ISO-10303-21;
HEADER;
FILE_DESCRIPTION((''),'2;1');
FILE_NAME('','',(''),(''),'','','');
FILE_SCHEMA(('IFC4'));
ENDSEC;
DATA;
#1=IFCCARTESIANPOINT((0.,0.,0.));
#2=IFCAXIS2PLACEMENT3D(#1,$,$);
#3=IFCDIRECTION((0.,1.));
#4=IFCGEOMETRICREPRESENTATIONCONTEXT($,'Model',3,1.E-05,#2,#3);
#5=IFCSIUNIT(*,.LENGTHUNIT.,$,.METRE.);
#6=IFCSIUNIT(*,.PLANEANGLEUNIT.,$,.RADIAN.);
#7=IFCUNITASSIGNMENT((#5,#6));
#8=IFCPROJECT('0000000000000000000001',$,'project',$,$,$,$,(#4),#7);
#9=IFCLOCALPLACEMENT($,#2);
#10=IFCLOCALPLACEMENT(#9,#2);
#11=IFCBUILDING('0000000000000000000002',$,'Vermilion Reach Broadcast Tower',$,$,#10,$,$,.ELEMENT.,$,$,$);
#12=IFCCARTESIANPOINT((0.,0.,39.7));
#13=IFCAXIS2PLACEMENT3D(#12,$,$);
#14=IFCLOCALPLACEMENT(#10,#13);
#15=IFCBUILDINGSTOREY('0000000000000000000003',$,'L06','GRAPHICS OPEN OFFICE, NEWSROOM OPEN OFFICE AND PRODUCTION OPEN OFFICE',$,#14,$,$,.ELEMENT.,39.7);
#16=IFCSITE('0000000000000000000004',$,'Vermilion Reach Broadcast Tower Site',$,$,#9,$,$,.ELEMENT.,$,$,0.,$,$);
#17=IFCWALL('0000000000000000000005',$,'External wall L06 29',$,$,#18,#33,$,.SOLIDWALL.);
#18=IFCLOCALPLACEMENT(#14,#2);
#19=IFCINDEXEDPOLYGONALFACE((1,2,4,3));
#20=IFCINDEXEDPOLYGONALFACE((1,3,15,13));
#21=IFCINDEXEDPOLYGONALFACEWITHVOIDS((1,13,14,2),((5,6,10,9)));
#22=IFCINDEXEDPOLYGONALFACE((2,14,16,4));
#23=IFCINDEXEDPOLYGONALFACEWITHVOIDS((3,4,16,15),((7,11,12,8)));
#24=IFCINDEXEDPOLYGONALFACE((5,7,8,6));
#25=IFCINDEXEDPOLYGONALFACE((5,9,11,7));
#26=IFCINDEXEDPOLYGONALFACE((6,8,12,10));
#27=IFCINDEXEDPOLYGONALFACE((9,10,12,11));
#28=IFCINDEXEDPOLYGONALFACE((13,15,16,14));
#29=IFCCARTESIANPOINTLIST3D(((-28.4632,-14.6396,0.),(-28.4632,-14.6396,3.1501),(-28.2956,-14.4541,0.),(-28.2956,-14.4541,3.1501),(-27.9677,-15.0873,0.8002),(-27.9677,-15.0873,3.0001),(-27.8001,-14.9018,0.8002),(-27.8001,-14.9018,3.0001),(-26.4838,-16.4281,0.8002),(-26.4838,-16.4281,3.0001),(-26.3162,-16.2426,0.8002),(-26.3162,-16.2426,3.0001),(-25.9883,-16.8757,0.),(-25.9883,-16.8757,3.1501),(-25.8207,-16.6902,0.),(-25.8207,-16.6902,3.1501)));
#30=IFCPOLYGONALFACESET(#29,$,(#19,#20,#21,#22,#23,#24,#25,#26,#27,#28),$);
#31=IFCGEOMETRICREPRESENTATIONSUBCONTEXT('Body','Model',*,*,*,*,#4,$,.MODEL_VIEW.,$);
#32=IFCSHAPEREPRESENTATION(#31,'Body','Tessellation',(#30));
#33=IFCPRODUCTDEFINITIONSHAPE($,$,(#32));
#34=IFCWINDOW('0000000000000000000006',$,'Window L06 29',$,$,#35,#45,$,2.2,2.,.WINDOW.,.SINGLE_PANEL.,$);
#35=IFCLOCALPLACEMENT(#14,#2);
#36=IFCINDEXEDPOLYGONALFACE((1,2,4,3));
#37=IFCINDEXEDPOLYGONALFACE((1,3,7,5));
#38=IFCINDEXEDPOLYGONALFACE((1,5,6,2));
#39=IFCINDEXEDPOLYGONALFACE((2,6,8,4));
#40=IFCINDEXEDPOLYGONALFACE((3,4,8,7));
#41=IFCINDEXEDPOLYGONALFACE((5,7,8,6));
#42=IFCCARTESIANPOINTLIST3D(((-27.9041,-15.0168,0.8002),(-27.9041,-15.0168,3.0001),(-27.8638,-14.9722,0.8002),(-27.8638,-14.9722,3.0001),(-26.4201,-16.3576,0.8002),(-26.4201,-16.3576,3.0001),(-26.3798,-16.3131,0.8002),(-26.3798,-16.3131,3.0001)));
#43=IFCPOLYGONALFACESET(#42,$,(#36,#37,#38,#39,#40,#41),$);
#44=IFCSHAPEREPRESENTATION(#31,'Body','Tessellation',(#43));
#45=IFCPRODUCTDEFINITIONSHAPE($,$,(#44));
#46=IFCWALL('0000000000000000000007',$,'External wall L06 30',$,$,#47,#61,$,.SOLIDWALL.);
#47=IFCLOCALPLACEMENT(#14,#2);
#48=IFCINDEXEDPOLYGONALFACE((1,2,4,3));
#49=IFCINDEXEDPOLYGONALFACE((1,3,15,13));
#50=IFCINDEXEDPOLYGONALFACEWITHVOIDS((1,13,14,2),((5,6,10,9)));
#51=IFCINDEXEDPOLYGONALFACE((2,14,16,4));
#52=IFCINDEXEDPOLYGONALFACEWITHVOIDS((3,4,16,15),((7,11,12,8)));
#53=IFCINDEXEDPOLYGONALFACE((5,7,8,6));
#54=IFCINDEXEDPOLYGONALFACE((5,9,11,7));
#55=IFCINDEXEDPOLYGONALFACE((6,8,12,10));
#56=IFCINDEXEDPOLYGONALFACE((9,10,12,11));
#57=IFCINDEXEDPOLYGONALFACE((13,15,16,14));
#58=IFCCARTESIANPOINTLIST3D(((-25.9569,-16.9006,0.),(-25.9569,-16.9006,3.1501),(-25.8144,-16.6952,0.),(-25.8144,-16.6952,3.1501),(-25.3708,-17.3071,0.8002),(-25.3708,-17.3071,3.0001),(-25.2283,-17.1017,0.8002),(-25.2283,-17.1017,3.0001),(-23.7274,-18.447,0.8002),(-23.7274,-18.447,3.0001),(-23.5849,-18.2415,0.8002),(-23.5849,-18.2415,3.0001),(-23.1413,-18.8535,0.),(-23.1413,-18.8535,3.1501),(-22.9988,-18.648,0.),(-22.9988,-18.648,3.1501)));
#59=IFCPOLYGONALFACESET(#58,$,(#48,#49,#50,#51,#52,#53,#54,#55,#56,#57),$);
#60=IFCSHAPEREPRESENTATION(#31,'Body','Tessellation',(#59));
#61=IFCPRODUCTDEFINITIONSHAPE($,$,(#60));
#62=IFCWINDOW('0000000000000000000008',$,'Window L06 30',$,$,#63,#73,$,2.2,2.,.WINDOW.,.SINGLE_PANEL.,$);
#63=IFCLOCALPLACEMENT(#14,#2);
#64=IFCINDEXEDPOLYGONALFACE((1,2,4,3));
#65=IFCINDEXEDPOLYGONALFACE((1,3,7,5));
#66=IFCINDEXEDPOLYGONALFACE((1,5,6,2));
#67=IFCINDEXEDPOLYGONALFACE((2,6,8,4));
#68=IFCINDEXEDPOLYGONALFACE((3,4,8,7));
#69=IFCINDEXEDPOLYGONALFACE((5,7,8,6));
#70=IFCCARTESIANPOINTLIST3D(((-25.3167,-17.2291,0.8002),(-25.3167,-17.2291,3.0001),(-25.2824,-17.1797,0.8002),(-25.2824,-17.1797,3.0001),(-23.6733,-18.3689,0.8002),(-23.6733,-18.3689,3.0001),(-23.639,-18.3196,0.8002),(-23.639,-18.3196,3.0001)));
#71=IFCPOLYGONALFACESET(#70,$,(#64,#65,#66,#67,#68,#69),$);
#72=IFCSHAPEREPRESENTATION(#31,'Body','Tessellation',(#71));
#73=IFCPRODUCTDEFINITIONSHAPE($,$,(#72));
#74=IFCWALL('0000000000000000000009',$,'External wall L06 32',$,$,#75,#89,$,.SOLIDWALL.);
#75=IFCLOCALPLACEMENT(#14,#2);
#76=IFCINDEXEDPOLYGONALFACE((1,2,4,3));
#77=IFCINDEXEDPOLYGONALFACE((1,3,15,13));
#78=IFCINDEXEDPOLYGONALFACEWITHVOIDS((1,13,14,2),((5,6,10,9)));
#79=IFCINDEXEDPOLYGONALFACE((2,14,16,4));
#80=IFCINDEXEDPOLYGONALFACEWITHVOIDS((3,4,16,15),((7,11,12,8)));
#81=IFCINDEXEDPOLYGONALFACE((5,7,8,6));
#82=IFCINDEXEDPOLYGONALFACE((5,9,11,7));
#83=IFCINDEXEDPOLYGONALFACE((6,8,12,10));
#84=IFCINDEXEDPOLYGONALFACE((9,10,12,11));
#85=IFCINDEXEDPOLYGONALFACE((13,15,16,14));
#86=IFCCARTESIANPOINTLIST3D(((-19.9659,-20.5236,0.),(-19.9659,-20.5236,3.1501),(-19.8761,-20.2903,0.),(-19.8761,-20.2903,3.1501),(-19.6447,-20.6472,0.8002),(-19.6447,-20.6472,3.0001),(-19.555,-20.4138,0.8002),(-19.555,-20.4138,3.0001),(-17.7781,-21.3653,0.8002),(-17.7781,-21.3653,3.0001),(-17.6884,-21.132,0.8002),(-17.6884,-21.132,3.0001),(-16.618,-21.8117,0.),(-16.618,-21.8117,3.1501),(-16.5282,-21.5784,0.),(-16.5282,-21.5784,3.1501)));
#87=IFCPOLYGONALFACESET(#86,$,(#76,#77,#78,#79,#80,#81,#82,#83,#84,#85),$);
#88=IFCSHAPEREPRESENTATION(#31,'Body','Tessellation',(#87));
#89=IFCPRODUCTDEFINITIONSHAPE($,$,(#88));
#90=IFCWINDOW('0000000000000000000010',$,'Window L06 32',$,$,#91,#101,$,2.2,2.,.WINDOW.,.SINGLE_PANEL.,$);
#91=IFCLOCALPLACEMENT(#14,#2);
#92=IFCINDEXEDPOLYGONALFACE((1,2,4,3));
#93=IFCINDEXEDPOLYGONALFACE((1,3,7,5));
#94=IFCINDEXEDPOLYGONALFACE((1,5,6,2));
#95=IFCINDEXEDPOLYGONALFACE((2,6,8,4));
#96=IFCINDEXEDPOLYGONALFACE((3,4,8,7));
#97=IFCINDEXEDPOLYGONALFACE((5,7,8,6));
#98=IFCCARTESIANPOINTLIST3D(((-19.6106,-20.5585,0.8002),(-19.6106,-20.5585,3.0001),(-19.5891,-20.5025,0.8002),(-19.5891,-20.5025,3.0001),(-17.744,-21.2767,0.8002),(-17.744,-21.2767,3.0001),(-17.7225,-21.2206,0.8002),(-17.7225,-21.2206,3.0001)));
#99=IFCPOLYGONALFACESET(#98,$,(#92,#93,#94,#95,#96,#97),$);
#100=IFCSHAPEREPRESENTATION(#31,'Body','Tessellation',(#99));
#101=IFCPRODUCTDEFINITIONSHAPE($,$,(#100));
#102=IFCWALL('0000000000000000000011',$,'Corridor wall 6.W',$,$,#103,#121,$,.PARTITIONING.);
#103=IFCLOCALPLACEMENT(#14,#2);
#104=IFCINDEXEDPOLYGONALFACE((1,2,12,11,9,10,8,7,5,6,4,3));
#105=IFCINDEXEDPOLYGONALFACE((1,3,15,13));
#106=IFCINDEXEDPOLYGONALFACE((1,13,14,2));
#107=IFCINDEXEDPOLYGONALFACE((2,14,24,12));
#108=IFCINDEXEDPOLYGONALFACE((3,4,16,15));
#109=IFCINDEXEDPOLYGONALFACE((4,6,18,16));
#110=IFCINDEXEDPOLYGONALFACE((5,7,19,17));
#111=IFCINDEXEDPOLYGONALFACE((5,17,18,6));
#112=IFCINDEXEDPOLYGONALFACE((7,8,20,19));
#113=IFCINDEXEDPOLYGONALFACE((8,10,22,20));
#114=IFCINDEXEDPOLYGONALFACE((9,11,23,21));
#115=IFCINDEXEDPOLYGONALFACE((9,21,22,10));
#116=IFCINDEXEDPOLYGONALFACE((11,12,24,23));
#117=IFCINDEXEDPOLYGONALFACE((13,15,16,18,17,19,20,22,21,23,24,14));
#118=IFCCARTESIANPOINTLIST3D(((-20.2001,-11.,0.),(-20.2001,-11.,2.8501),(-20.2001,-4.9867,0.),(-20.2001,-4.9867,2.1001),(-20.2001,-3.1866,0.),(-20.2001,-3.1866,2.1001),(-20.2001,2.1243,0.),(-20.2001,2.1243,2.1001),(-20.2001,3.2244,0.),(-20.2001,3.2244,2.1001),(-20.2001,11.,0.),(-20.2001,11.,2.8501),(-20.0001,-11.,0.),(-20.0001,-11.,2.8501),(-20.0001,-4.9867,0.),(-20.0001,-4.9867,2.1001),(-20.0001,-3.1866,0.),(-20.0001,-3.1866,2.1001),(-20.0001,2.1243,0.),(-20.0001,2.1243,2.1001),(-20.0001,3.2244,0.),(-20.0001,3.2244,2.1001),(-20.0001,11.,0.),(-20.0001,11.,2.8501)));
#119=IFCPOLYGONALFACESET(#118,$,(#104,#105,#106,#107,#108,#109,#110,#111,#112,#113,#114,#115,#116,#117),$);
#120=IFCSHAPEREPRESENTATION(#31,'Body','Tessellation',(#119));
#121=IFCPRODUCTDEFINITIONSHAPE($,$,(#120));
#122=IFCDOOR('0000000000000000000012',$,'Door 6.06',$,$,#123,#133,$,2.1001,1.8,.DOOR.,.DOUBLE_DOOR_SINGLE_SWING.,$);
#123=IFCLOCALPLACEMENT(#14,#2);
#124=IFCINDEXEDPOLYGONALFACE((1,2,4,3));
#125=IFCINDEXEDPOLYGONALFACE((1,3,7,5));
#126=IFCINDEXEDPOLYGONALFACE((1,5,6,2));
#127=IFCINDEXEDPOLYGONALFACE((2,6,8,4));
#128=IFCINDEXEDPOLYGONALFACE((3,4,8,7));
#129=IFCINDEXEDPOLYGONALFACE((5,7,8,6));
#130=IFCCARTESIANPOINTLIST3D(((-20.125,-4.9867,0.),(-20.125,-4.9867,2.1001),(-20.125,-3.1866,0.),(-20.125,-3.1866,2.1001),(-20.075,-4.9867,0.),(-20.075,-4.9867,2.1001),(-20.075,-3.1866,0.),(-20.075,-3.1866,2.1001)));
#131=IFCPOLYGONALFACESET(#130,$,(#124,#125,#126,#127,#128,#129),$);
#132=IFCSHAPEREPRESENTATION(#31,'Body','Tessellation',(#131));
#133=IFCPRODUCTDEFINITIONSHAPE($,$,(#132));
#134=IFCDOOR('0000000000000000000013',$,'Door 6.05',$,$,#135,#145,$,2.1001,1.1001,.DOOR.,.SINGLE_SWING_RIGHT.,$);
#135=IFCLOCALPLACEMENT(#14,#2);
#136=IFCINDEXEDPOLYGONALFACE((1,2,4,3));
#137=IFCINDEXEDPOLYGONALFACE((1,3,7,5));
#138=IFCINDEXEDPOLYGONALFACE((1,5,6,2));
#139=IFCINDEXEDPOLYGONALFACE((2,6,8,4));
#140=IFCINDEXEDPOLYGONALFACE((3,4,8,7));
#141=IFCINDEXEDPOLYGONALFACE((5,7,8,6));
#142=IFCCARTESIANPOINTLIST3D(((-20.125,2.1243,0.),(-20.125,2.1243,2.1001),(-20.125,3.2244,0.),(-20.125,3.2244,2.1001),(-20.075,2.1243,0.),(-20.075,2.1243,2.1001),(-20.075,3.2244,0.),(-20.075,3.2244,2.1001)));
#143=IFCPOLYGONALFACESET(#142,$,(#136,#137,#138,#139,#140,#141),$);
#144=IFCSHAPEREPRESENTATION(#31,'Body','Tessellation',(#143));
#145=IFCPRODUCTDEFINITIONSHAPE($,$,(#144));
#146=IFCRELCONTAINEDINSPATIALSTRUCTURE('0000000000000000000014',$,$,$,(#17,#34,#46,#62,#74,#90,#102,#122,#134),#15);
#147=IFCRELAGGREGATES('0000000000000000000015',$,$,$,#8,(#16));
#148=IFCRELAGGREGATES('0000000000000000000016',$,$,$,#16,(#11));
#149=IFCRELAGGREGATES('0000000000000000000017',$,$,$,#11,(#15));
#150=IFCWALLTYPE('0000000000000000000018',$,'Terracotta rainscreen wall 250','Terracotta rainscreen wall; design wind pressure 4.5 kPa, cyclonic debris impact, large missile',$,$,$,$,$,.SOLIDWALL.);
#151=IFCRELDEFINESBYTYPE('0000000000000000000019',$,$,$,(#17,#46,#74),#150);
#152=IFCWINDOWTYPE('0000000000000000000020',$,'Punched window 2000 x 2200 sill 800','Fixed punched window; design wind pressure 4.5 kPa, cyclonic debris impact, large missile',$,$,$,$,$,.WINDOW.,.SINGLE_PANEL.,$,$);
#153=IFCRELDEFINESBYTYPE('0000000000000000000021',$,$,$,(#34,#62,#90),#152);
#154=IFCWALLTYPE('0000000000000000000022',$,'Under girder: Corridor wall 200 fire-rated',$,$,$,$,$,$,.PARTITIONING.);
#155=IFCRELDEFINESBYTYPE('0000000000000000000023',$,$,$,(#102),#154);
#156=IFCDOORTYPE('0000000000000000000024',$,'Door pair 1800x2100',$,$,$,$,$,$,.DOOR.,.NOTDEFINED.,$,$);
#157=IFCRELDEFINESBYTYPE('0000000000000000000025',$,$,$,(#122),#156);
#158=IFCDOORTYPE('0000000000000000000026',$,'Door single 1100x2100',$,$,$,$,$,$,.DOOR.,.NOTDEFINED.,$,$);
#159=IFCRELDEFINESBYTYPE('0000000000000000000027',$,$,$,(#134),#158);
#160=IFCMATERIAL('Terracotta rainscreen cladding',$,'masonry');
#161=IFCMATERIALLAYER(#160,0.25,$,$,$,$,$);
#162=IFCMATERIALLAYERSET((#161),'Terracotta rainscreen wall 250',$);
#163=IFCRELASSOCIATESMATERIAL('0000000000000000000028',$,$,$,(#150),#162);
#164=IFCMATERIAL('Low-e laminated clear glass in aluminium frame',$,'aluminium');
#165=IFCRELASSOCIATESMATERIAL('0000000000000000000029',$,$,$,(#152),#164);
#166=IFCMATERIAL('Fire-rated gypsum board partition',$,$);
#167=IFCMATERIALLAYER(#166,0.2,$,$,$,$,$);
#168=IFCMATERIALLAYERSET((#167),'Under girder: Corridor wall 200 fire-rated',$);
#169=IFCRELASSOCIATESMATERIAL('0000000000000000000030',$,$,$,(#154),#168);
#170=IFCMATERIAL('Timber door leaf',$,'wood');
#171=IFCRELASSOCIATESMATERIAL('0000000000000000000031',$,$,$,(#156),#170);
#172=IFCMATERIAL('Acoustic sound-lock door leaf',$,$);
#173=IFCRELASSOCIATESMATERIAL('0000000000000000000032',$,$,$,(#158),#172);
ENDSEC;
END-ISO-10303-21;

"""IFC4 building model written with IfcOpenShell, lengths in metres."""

from ifc_helpers import new_model, si_unit, direction, frame, frame_2d, origin, place, context, subcontext, project, spatial, rectangle, extrude, material, layer, layer_set, type_object, element, fill, save


model = new_model("IFC4")

# Units and contexts
model_context = context("Model", 3, precision=1e-05, world=origin(), true_north=direction((0.0, 1.0)))
body_context = subcontext(model_context, "Body", "Model", "MODEL_VIEW")
ifc_project = project(units=[si_unit("LENGTHUNIT", "METRE"), si_unit("PLANEANGLEUNIT", "RADIAN")], contexts=[model_context])

# Site, building, storey
site_placement = place(None, origin())
site = spatial("IfcSite", under=ifc_project, at=site_placement, Name="Vermilion Reach Broadcast Tower Site", CompositionType="ELEMENT", RefElevation=0.0)
building_placement = place(site_placement, origin())
building = spatial("IfcBuilding", under=site, at=building_placement, Name="Vermilion Reach Broadcast Tower", CompositionType="ELEMENT")
storey_placement = place(building_placement, frame((0.0, 0.0, 39.7)))
storey = spatial("IfcBuildingStorey", under=building, at=storey_placement, Name="L06", Description="GRAPHICS OPEN OFFICE, NEWSROOM OPEN OFFICE AND PRODUCTION OPEN OFFICE", CompositionType="ELEMENT", Elevation=39.7)

# Shared definitions
ifc_material_1 = material(Name="Terracotta rainscreen cladding", Category="masonry")
ifc_layer_1 = layer(ifc_material_1, 0.25)
ifc_layer_set_1 = layer_set([ifc_layer_1], Name="Terracotta rainscreen wall 250")
wall_type_1 = type_object("IfcWallType", Name="Terracotta rainscreen wall 250", Description="Terracotta rainscreen wall; design wind pressure 4.5 kPa, cyclonic debris impact, large missile", PredefinedType="SOLIDWALL", material=ifc_layer_set_1)
ifc_material_2 = material(Name="Low-e laminated clear glass in aluminium frame", Category="aluminium")
window_type = type_object("IfcWindowType", Name="Punched window 2000 x 2200 sill 800", Description="Fixed punched window; design wind pressure 4.5 kPa, cyclonic debris impact, large missile", PartitioningType="SINGLE_PANEL", PredefinedType="WINDOW", material=ifc_material_2)

# Walls, openings, windows
wall_1_placement = place(storey_placement, frame((-28.3794, -14.5469, 0.0), z_axis=(0.0, 0.0, 1.0), x_axis=(0.741993, -0.670407, 0.0)))
wall_1 = element("IfcWall", 1, at=wall_1_placement, inside=storey, type_object=wall_type_1, Name="External wall L06 29", PredefinedType="SOLIDWALL", context=body_context, shape_type="SweptSolid", body=[
    extrude(rectangle(XDim=3.3354, YDim=0.25, at=frame_2d((1.6677, 0.0))), origin(), (0.0, 0.0, 1.0), 3.1501),
])
opening_1_placement = place(wall_1_placement, frame((0.6677, 0.0, 0.8)))
opening_1 = element("IfcOpeningElement", 2, at=opening_1_placement, cuts=wall_1, PredefinedType="OPENING", context=body_context, shape_type="SweptSolid", body=[
    extrude(rectangle(XDim=2.0, YDim=2.2, at=frame_2d((1.0, 1.1001))), frame((0.0, 0.135, 0.0), z_axis=(0.0, -1.0, 0.0), x_axis=(1.0, 0.0, 0.0)), (0.0, 0.0, 1.0), 0.27),
])
window_1_placement = place(opening_1_placement, origin())
window_1 = element("IfcWindow", 3, at=window_1_placement, inside=storey, type_object=window_type, Name="Window L06 29", OverallHeight=2.2, OverallWidth=2.0, PartitioningType="SINGLE_PANEL", PredefinedType="WINDOW", context=body_context, shape_type="SweptSolid", body=[
    extrude(rectangle(XDim=2.0, YDim=2.2, at=frame_2d((1.0, 1.1001))), frame((0.0, 0.03, 0.0), z_axis=(0.0, -1.0, 0.0), x_axis=(1.0, 0.0, 0.0)), (0.0, 0.0, 1.0), 0.0601),
])
fill(opening_1, window_1)
wall_2_placement = place(storey_placement, frame((-25.8857, -16.7979, 0.0), z_axis=(0.0, 0.0, 1.0), x_axis=(0.821705, -0.569914, 0.0)))
wall_2 = element("IfcWall", 4, at=wall_2_placement, inside=storey, type_object=wall_type_1, Name="External wall L06 30", PredefinedType="SOLIDWALL", context=body_context, shape_type="SweptSolid", body=[
    extrude(rectangle(XDim=3.4265, YDim=0.25, at=frame_2d((1.7134, 0.0))), origin(), (0.0, 0.0, 1.0), 3.1501),
])
opening_2_placement = place(wall_2_placement, frame((0.7134, 0.0, 0.8)))
opening_2 = element("IfcOpeningElement", 5, at=opening_2_placement, cuts=wall_2, PredefinedType="OPENING", context=body_context, shape_type="SweptSolid", body=[
    extrude(rectangle(XDim=2.0, YDim=2.2, at=frame_2d((1.0, 1.1001))), frame((0.0, 0.135, 0.0), z_axis=(0.0, -1.0, 0.0), x_axis=(1.0, 0.0, 0.0)), (0.0, 0.0, 1.0), 0.27),
])
window_2_placement = place(opening_2_placement, origin())
window_2 = element("IfcWindow", 6, at=window_2_placement, inside=storey, type_object=window_type, Name="Window L06 30", OverallHeight=2.2, OverallWidth=2.0, PartitioningType="SINGLE_PANEL", PredefinedType="WINDOW", context=body_context, shape_type="SweptSolid", body=[
    extrude(rectangle(XDim=2.0, YDim=2.2, at=frame_2d((1.0, 1.1001))), frame((0.0, 0.03, 0.0), z_axis=(0.0, -1.0, 0.0), x_axis=(1.0, 0.0, 0.0)), (0.0, 0.0, 1.0), 0.0601),
])
fill(opening_2, window_2)

# Wall, opening, window
wall_3_placement = place(storey_placement, frame((-19.9209, -20.407, 0.0), z_axis=(0.0, 0.0, 1.0), x_axis=(0.933305, -0.359084, 0.0)))
wall_3 = element("IfcWall", 7, at=wall_3_placement, inside=storey, type_object=wall_type_1, Name="External wall L06 32", PredefinedType="SOLIDWALL", context=body_context, shape_type="SweptSolid", body=[
    extrude(rectangle(XDim=3.5872, YDim=0.25, at=frame_2d((1.7935, 0.0))), origin(), (0.0, 0.0, 1.0), 3.1501),
])
opening_3_placement = place(wall_3_placement, frame((0.344, 0.0, 0.8)))
opening_3 = element("IfcOpeningElement", 8, at=opening_3_placement, cuts=wall_3, PredefinedType="OPENING", context=body_context, shape_type="SweptSolid", body=[
    extrude(rectangle(XDim=2.0, YDim=2.2, at=frame_2d((1.0, 1.1001))), frame((0.0, 0.135, 0.0), z_axis=(0.0, -1.0, 0.0), x_axis=(1.0, 0.0, 0.0)), (0.0, 0.0, 1.0), 0.27),
])
window_3_placement = place(opening_3_placement, origin())
window_3 = element("IfcWindow", 9, at=window_3_placement, inside=storey, type_object=window_type, Name="Window L06 32", OverallHeight=2.2, OverallWidth=2.0, PartitioningType="SINGLE_PANEL", PredefinedType="WINDOW", context=body_context, shape_type="SweptSolid", body=[
    extrude(rectangle(XDim=2.0, YDim=2.2, at=frame_2d((1.0, 1.1001))), frame((0.0, 0.03, 0.0), z_axis=(0.0, -1.0, 0.0), x_axis=(1.0, 0.0, 0.0)), (0.0, 0.0, 1.0), 0.0601),
])
fill(opening_3, window_3)

# Wall, openings, doors
ifc_material_3 = material(Name="Fire-rated gypsum board partition")
ifc_layer_2 = layer(ifc_material_3, 0.2)
ifc_layer_set_2 = layer_set([ifc_layer_2], Name="Under girder: Corridor wall 200 fire-rated")
wall_type_2 = type_object("IfcWallType", Name="Under girder: Corridor wall 200 fire-rated", PredefinedType="PARTITIONING", material=ifc_layer_set_2)
wall_4_placement = place(storey_placement, frame((-20.1001, -11.0, 0.0), z_axis=(0.0, 0.0, 1.0), x_axis=(0.0, 1.0, 0.0)))
wall_4 = element("IfcWall", 10, at=wall_4_placement, inside=storey, type_object=wall_type_2, Name="Corridor wall 6.W", PredefinedType="PARTITIONING", context=body_context, shape_type="SweptSolid", body=[
    extrude(rectangle(XDim=22.0, YDim=0.2, at=frame_2d((11.0, 0.0))), origin(), (0.0, 0.0, 1.0), 2.8501),
])
opening_4_placement = place(wall_4_placement, frame((13.1243, 0.0, 0.0)))
opening_4 = element("IfcOpeningElement", 11, at=opening_4_placement, cuts=wall_4, PredefinedType="OPENING", context=body_context, shape_type="SweptSolid", body=[
    extrude(rectangle(XDim=1.1001, YDim=2.1001, at=frame_2d((0.55, 1.05))), frame((0.0, 0.1099, 0.0), z_axis=(0.0, -1.0, 0.0), x_axis=(1.0, 0.0, 0.0)), (0.0, 0.0, 1.0), 0.22),
])
opening_5_placement = place(wall_4_placement, frame((6.0134, 0.0, 0.0)))
opening_5 = element("IfcOpeningElement", 12, at=opening_5_placement, cuts=wall_4, PredefinedType="OPENING", context=body_context, shape_type="SweptSolid", body=[
    extrude(rectangle(XDim=1.8, YDim=2.1001, at=frame_2d((0.8999, 1.05))), frame((0.0, 0.1099, 0.0), z_axis=(0.0, -1.0, 0.0), x_axis=(1.0, 0.0, 0.0)), (0.0, 0.0, 1.0), 0.22),
])
ifc_material_4 = material(Name="Timber door leaf", Category="wood")
door_type_1 = type_object("IfcDoorType", Name="Door pair 1800x2100", OperationType="NOTDEFINED", PredefinedType="DOOR", material=ifc_material_4)
door_1_placement = place(opening_5_placement, origin())
door_1 = element("IfcDoor", 13, at=door_1_placement, inside=storey, type_object=door_type_1, Name="Door 6.06", OperationType="DOUBLE_DOOR_SINGLE_SWING", OverallHeight=2.1001, OverallWidth=1.8, PredefinedType="DOOR", context=body_context, shape_type="SweptSolid", body=[
    extrude(rectangle(XDim=1.8, YDim=2.1001, at=frame_2d((0.8999, 1.05))), frame((0.0, 0.0249, 0.0), z_axis=(0.0, -1.0, 0.0), x_axis=(1.0, 0.0, 0.0)), (0.0, 0.0, 1.0), 0.05),
])
fill(opening_5, door_1)
ifc_material_5 = material(Name="Acoustic sound-lock door leaf")
door_type_2 = type_object("IfcDoorType", Name="Door single 1100x2100", OperationType="NOTDEFINED", PredefinedType="DOOR", material=ifc_material_5)
door_2_placement = place(opening_4_placement, origin())
door_2 = element("IfcDoor", 14, at=door_2_placement, inside=storey, type_object=door_type_2, Name="Door 6.05", OperationType="SINGLE_SWING_RIGHT", OverallHeight=2.1001, OverallWidth=1.1001, PredefinedType="DOOR", context=body_context, shape_type="SweptSolid", body=[
    extrude(rectangle(XDim=1.1001, YDim=2.1001, at=frame_2d((0.55, 1.05))), frame((0.0, 0.0249, 0.0), z_axis=(0.0, -1.0, 0.0), x_axis=(1.0, 0.0, 0.0)), (0.0, 0.0, 1.0), 0.05),
])
fill(opening_4, door_2)

save(model, "model.ifc")
